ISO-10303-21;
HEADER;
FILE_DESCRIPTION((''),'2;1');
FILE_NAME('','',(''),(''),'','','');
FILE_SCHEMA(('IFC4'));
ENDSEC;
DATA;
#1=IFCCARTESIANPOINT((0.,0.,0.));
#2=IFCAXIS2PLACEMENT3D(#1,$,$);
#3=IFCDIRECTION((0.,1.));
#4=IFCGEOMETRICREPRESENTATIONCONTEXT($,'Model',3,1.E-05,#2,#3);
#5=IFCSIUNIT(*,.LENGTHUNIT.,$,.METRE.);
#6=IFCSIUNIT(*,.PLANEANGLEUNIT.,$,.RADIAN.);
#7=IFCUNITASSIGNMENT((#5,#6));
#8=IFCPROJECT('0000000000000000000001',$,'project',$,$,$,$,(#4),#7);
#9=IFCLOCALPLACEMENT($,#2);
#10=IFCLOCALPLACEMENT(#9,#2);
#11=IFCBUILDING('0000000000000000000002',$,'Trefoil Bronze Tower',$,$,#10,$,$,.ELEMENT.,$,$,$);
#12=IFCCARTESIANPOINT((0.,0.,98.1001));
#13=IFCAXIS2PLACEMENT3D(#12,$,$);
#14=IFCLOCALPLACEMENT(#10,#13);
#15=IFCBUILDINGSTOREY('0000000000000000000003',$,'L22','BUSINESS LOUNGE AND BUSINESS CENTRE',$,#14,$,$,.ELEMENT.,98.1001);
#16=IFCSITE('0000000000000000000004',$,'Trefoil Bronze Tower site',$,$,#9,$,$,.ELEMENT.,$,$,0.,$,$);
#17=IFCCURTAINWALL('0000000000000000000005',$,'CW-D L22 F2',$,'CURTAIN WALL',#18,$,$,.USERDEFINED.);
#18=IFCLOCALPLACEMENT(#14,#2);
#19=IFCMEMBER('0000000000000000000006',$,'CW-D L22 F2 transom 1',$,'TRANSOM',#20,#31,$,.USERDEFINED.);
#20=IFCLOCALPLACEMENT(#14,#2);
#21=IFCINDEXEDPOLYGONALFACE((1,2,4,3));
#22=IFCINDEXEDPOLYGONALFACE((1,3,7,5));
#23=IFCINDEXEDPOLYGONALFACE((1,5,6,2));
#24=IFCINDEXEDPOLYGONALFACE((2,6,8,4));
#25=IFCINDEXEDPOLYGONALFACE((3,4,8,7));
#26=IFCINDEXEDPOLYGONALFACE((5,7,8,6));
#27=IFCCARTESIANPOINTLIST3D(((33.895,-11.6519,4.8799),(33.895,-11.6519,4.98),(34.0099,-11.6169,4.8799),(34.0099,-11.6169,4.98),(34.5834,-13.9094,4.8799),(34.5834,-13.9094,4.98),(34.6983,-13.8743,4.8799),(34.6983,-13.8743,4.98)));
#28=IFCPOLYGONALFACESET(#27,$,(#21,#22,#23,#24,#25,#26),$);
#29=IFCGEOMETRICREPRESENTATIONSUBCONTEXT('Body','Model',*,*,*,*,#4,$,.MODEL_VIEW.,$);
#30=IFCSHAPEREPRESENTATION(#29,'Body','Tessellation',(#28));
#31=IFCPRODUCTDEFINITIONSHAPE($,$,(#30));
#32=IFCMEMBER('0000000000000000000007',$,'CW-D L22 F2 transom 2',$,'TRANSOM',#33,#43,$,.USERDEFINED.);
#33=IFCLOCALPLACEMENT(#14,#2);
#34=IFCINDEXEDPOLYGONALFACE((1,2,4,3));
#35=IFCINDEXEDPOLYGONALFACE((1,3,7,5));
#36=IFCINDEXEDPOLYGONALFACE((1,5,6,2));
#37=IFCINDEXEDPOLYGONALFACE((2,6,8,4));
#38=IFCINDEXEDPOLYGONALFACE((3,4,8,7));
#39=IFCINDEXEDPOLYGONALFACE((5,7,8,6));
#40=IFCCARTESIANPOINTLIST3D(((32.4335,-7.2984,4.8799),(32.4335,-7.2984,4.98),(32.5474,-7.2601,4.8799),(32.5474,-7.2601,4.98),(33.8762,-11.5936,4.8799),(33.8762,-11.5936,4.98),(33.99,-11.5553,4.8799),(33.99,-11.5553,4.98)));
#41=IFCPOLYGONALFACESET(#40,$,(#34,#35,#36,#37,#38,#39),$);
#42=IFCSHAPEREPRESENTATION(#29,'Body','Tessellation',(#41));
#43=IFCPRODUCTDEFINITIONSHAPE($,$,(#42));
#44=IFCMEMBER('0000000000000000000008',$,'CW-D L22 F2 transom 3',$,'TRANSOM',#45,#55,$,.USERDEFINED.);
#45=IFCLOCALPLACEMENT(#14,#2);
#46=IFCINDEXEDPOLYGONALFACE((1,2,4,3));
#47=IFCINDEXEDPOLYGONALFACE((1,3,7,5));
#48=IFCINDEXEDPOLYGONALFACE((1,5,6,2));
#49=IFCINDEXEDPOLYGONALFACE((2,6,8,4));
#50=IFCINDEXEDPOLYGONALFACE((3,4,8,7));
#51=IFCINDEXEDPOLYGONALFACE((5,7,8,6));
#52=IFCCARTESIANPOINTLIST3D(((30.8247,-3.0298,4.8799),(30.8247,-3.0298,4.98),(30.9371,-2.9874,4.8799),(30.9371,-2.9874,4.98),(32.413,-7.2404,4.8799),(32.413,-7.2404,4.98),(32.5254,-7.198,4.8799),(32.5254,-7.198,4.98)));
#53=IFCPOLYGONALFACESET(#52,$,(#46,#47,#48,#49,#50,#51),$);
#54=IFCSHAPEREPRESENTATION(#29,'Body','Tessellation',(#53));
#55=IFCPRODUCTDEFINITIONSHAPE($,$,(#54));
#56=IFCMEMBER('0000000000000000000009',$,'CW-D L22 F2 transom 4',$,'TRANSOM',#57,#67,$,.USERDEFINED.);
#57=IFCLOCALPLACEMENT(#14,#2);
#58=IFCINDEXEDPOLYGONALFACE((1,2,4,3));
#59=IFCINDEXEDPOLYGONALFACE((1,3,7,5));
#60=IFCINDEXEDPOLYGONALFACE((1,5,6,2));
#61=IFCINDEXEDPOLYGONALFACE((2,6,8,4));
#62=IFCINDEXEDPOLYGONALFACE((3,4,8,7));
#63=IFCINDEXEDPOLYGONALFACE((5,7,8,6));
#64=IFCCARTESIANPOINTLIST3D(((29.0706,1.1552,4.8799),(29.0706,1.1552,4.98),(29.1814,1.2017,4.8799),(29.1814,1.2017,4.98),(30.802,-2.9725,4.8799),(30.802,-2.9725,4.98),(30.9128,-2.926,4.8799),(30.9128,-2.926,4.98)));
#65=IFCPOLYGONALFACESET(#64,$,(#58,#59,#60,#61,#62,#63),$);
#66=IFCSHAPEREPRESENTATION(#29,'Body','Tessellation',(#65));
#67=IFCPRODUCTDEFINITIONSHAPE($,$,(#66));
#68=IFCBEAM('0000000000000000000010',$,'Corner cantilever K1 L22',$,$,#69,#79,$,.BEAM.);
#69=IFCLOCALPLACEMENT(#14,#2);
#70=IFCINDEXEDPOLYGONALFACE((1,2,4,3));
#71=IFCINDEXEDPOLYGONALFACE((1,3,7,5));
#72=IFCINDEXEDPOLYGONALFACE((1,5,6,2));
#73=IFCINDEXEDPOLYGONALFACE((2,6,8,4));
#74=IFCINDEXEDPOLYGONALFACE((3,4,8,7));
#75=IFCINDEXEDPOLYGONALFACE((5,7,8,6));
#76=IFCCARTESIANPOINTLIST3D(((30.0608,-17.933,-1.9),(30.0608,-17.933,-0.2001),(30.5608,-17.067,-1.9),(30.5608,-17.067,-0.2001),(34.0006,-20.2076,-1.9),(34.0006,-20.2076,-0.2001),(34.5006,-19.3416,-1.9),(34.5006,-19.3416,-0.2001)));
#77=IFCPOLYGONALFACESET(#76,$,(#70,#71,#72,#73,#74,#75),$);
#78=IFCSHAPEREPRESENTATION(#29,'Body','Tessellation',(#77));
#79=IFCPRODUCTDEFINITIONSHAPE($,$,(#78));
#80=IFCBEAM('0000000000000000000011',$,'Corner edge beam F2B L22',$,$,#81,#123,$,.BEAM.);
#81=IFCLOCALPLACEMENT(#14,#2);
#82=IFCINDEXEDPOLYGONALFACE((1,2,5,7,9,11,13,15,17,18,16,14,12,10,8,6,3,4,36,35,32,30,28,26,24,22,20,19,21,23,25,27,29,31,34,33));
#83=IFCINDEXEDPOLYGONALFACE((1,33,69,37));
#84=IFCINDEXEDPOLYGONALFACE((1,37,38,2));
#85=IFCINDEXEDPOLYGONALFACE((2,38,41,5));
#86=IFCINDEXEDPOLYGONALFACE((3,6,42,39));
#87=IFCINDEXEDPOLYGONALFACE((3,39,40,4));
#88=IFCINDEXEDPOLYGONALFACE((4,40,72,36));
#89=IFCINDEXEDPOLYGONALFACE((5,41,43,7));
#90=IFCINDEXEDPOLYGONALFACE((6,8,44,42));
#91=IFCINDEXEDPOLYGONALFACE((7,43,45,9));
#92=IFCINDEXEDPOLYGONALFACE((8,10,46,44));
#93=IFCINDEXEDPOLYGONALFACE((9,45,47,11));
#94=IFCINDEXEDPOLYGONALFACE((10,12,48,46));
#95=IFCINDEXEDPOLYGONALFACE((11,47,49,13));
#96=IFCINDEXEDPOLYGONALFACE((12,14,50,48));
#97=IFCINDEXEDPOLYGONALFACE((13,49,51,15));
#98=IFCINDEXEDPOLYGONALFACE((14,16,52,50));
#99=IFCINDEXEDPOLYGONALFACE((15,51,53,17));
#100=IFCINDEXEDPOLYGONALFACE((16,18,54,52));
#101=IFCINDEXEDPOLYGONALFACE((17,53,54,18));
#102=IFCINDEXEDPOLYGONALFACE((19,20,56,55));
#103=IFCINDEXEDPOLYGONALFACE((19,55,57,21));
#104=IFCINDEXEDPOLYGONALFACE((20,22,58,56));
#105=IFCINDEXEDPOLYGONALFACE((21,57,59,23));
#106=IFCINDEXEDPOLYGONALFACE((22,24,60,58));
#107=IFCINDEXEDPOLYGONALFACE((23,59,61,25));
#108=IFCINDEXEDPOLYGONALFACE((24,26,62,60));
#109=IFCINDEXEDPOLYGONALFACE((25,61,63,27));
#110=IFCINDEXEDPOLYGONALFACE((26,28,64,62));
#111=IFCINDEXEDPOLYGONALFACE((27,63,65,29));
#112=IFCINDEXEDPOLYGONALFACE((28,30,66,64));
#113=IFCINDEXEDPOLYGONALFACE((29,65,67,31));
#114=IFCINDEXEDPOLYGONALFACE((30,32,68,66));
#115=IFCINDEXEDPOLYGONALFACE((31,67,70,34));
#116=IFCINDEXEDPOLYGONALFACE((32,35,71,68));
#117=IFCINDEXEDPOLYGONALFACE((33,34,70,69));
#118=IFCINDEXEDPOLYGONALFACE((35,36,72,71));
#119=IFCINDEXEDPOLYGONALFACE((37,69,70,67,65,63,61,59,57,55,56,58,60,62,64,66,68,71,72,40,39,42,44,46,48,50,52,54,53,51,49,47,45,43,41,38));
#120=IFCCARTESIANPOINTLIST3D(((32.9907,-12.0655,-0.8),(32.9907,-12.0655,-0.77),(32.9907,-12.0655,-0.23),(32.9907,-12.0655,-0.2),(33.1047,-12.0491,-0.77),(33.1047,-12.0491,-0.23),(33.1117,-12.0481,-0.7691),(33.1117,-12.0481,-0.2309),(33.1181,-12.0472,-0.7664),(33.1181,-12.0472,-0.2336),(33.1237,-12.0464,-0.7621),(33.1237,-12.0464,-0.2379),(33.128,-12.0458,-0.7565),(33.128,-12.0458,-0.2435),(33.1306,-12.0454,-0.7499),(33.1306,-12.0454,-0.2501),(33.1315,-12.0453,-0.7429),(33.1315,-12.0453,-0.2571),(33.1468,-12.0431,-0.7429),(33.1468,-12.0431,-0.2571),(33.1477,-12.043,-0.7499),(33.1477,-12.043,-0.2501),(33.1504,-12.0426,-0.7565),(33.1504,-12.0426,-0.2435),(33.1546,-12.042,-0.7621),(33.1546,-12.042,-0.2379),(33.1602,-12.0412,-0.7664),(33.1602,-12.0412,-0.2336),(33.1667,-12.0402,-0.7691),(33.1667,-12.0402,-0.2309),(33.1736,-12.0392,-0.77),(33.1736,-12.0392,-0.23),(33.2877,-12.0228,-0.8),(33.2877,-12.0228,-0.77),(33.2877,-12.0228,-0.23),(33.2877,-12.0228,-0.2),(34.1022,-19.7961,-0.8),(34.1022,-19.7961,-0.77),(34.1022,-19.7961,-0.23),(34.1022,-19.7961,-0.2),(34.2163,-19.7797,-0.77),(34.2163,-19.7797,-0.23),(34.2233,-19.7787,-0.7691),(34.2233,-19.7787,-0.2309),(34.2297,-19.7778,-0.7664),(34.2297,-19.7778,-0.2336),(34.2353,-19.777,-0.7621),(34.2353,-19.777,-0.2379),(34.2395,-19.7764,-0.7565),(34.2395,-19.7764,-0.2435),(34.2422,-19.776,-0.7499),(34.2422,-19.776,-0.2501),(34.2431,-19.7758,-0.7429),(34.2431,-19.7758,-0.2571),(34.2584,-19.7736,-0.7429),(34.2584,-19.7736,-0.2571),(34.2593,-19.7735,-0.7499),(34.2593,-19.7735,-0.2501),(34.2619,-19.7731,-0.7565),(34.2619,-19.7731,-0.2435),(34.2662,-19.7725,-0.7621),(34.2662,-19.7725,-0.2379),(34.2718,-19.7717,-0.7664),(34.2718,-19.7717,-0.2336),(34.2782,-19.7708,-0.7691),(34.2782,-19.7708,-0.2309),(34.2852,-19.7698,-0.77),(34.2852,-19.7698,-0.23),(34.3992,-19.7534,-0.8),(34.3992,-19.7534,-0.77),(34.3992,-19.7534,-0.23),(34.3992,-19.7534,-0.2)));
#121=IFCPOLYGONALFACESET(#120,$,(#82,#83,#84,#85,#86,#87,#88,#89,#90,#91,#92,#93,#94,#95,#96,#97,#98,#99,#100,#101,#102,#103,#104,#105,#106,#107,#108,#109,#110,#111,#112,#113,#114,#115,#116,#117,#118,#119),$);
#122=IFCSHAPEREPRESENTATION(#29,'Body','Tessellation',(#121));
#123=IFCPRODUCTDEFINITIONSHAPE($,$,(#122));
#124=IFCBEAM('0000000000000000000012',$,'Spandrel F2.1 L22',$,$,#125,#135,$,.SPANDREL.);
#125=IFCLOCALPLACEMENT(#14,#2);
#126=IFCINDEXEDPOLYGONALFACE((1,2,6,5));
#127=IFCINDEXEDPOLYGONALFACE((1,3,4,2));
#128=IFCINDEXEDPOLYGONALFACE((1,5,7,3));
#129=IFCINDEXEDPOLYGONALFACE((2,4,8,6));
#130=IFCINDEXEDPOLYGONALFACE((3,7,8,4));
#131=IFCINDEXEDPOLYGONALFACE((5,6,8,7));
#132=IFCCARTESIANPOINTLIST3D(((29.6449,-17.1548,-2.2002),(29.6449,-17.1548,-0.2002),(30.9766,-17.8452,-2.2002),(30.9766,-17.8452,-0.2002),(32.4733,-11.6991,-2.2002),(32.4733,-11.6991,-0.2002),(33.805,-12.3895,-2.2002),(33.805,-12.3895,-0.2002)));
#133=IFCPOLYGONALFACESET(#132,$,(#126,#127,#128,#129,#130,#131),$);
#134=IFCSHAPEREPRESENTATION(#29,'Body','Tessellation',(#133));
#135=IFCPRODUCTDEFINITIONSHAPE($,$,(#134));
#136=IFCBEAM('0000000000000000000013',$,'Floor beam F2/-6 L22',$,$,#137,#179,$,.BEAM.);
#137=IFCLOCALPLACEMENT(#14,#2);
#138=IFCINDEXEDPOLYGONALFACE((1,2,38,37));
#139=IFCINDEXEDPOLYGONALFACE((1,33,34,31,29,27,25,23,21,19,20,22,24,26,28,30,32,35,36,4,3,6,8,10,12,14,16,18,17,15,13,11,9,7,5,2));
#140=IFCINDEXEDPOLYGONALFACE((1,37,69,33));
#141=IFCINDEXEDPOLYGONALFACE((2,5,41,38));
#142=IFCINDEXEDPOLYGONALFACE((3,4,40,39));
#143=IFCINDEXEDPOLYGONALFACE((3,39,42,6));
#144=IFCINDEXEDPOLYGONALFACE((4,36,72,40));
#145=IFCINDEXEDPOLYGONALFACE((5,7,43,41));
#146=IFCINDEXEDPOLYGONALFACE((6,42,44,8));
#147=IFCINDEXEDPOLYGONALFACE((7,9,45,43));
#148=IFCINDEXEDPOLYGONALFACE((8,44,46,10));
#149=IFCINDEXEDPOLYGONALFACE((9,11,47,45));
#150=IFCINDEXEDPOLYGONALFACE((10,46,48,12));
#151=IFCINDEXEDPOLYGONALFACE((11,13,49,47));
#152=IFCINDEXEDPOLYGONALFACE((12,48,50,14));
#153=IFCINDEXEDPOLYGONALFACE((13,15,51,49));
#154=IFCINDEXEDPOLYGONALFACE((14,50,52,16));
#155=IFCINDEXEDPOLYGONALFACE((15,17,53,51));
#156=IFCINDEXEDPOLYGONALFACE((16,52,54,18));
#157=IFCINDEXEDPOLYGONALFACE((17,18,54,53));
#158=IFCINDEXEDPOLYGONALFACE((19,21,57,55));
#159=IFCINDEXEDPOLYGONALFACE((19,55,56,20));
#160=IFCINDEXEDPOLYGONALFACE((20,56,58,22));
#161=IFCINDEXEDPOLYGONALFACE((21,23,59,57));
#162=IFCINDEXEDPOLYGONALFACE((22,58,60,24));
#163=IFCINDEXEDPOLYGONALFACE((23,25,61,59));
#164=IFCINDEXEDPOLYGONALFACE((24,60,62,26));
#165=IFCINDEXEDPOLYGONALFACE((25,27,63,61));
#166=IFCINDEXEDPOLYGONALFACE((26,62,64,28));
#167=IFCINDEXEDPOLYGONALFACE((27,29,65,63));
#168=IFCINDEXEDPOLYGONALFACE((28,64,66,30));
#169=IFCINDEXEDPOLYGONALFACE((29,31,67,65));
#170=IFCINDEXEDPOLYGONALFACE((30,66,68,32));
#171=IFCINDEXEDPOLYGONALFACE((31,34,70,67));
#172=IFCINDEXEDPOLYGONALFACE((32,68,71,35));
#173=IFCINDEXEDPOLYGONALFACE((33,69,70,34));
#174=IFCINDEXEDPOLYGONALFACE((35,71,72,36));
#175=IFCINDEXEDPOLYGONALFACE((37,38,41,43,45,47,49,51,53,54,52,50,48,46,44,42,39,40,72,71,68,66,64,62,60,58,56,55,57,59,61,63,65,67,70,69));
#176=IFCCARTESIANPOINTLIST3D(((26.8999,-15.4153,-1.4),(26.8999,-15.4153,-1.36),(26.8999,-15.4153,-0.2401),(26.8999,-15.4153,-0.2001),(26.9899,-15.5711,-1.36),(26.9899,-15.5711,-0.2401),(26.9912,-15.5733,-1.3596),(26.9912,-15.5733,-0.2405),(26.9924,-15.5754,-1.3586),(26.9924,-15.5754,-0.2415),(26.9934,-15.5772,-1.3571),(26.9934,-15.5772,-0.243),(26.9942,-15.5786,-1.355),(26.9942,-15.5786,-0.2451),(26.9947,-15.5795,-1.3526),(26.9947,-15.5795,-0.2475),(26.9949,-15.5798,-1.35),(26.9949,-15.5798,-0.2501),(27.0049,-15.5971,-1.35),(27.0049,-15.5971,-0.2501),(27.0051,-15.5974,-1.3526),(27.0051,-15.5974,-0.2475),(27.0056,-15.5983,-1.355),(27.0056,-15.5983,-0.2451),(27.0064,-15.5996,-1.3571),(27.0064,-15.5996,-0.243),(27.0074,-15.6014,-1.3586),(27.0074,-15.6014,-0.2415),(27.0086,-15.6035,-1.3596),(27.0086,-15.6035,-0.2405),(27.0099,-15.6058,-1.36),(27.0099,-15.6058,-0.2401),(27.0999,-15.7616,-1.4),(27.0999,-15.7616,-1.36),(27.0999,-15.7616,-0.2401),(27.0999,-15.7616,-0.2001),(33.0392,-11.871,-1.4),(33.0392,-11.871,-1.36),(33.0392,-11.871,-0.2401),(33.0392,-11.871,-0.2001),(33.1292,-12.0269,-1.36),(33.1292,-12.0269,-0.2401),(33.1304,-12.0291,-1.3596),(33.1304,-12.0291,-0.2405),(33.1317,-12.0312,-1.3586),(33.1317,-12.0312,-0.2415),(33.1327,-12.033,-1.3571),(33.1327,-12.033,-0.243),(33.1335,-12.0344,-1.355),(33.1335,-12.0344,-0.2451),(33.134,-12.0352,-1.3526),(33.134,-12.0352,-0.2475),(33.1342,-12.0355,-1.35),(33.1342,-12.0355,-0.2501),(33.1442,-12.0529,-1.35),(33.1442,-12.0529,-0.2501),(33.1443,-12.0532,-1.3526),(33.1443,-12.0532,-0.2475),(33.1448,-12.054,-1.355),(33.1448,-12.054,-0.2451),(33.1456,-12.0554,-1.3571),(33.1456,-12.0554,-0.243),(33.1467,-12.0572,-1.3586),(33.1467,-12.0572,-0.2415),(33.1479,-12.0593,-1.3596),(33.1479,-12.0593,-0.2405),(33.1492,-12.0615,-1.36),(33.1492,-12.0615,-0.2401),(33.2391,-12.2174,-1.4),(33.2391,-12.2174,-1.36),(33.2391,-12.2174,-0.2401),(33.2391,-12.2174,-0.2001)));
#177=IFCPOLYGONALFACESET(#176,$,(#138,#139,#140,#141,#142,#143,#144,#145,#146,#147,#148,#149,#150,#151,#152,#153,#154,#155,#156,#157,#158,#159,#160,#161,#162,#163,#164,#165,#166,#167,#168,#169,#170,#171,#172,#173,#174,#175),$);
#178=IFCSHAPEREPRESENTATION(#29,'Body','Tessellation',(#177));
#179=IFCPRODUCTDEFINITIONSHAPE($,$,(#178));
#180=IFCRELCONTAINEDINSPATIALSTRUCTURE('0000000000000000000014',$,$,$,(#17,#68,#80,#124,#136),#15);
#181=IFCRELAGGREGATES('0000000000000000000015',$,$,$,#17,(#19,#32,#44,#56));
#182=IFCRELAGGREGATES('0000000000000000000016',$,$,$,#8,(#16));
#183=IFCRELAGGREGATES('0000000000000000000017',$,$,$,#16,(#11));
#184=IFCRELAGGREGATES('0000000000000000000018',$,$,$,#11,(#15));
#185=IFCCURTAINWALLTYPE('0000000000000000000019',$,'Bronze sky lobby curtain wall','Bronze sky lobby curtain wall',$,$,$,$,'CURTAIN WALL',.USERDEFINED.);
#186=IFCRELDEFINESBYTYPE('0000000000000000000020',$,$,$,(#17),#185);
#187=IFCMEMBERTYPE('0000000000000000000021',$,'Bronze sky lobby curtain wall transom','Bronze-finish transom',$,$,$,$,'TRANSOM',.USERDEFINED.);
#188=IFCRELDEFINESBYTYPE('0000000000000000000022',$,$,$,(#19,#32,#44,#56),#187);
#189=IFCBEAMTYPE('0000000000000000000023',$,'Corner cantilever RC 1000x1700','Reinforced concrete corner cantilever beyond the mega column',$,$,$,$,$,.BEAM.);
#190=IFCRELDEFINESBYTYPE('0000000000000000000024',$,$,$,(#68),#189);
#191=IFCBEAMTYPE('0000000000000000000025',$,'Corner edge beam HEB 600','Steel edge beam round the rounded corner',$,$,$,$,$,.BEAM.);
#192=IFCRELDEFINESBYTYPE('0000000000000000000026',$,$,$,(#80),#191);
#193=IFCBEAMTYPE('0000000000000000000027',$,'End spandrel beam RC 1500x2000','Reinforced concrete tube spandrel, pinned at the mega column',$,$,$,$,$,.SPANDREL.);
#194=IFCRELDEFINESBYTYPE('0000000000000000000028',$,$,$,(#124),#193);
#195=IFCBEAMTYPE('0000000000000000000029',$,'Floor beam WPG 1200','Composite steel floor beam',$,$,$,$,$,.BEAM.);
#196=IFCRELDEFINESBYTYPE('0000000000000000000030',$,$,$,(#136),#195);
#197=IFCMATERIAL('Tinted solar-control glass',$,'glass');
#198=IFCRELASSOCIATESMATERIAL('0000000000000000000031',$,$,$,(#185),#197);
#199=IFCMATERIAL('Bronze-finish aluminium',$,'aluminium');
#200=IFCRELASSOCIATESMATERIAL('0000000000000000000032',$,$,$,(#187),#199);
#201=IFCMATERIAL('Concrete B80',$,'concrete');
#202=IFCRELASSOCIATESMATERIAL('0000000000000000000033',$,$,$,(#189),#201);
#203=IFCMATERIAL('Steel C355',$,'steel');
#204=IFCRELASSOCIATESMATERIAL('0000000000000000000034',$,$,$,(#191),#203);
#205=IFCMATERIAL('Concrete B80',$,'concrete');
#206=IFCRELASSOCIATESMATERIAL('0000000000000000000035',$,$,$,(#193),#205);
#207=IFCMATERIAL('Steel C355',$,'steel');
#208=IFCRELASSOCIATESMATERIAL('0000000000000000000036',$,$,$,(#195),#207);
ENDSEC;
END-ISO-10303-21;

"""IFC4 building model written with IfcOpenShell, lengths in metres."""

from ifc_helpers import new_model, si_unit, direction, frame, origin, origin_2d, place, context, subcontext, project, spatial, rectangle, i_section, extrude, material, material_profile, profile_set, type_object, element, aggregate, save


model = new_model("IFC4")

# Units and contexts
model_context = context("Model", 3, precision=1e-05, world=origin(), true_north=direction((0.0, 1.0)))
body_context = subcontext(model_context, "Body", "Model", "MODEL_VIEW")
ifc_project = project(units=[si_unit("LENGTHUNIT", "METRE"), si_unit("PLANEANGLEUNIT", "RADIAN")], contexts=[model_context])

# Site, building, storey
site_placement = place(None, origin())
site = spatial("IfcSite", under=ifc_project, at=site_placement, Name="Trefoil Bronze Tower site", CompositionType="ELEMENT", RefElevation=0.0)
building_placement = place(site_placement, origin())
building = spatial("IfcBuilding", under=site, at=building_placement, Name="Trefoil Bronze Tower", CompositionType="ELEMENT")
storey_placement = place(building_placement, frame((0.0, 0.0, 98.1001)))
storey = spatial("IfcBuildingStorey", under=building, at=storey_placement, Name="L22", Description="BUSINESS LOUNGE AND BUSINESS CENTRE", CompositionType="ELEMENT", Elevation=98.1001)

# Curtain wall, members
ifc_material_1 = material(Name="Tinted solar-control glass", Category="glass")
curtain_wall_type_1 = type_object("IfcCurtainWallType", Name="Bronze sky lobby curtain wall", Description="Bronze sky lobby curtain wall", ElementType="CURTAIN WALL", PredefinedType="USERDEFINED", material=ifc_material_1)
curtain_wall_1_placement = place(storey_placement, origin())
curtain_wall_1 = element("IfcCurtainWall", 1, at=curtain_wall_1_placement, inside=storey, type_object=curtain_wall_type_1, Name="CW-D L22 F2", ObjectType="CURTAIN WALL", PredefinedType="USERDEFINED")
ifc_material_2 = material(Name="Bronze-finish aluminium", Category="aluminium")
ifc_material_profile_1 = material_profile(ifc_material_2, rectangle(XDim=0.1201, YDim=0.1001, at=origin_2d()), Name="CW-D transom")
ifc_profile_set_1 = profile_set([ifc_material_profile_1], Name="Bronze-finish aluminium")
member_type_1 = type_object("IfcMemberType", Name="Bronze sky lobby curtain wall transom", Description="Bronze-finish transom", ElementType="TRANSOM", PredefinedType="USERDEFINED", material=ifc_profile_set_1)
member_1_placement = place(storey_placement, frame((34.6409, -13.8918, 4.9299), z_axis=(-0.291701, 0.95651, 0.0), x_axis=(-0.95651, -0.291701, 0.0)))
member_1 = element("IfcMember", 2, at=member_1_placement, type_object=member_type_1, Name="CW-D L22 F2 transom 1", ObjectType="TRANSOM", PredefinedType="USERDEFINED", context=body_context, shape_type="SweptSolid", body=[
    extrude(rectangle(XDim=0.1201, YDim=0.1001, at=origin_2d()), origin(), (0.0, 0.0, 1.0), 2.3601),
])
member_2_placement = place(storey_placement, frame((33.9331, -11.5745, 4.9299), z_axis=(-0.318393, 0.947959, 0.0), x_axis=(-0.947959, -0.318393, 0.0)))
member_2 = element("IfcMember", 3, at=member_2_placement, type_object=member_type_1, Name="CW-D L22 F2 transom 2", ObjectType="TRANSOM", PredefinedType="USERDEFINED", context=body_context, shape_type="SweptSolid", body=[
    extrude(rectangle(XDim=0.1201, YDim=0.1001, at=origin_2d()), origin(), (0.0, 0.0, 1.0), 4.531),
])
member_3_placement = place(storey_placement, frame((32.4692, -7.2192, 4.9299), z_axis=(-0.352948, 0.935643, 0.0), x_axis=(-0.935643, -0.352948, 0.0)))
member_3 = element("IfcMember", 4, at=member_3_placement, type_object=member_type_1, Name="CW-D L22 F2 transom 3", ObjectType="TRANSOM", PredefinedType="USERDEFINED", context=body_context, shape_type="SweptSolid", body=[
    extrude(rectangle(XDim=0.1201, YDim=0.1001, at=origin_2d()), origin(), (0.0, 0.0, 1.0), 4.5002),
])
member_4_placement = place(storey_placement, frame((30.8574, -2.9492, 4.9299), z_axis=(-0.386818, 0.922156, 0.0), x_axis=(-0.922156, -0.386818, 0.0)))
member_4 = element("IfcMember", 5, at=member_4_placement, type_object=member_type_1, Name="CW-D L22 F2 transom 4", ObjectType="TRANSOM", PredefinedType="USERDEFINED", context=body_context, shape_type="SweptSolid", body=[
    extrude(rectangle(XDim=0.1201, YDim=0.1001, at=origin_2d()), origin(), (0.0, 0.0, 1.0), 4.4761),
])

# Beams
ifc_material_3 = material(Name="Concrete B80", Category="concrete")
ifc_material_profile_2 = material_profile(ifc_material_3, rectangle(XDim=1.0, YDim=1.7, at=origin_2d()), Name="RC 1000x1700")
ifc_profile_set_2 = profile_set([ifc_material_profile_2], Name="Concrete B80")
beam_type_1 = type_object("IfcBeamType", Name="Corner cantilever RC 1000x1700", Description="Reinforced concrete corner cantilever beyond the mega column", PredefinedType="BEAM", material=ifc_profile_set_2)
beam_1_placement = place(storey_placement, frame((30.3108, -17.5, -1.05), z_axis=(0.866032, -0.499989, 0.0), x_axis=(0.499989, 0.866032, 0.0)))
element("IfcBeam", 6, at=beam_1_placement, inside=storey, type_object=beam_type_1, Name="Corner cantilever K1 L22", PredefinedType="BEAM", context=body_context, shape_type="SweptSolid", body=[
    extrude(rectangle(XDim=1.0, YDim=1.7, at=origin_2d()), origin(), (0.0, 0.0, 1.0), 4.5493),
])
ifc_material_4 = material(Name="Steel C355", Category="steel")
ifc_material_profile_3 = material_profile(ifc_material_4, i_section(OverallWidth=0.3, OverallDepth=0.6001, WebThickness=0.0154, FlangeThickness=0.03, FilletRadius=0.0271, at=origin_2d()), Name="HEB 600")
ifc_profile_set_3 = profile_set([ifc_material_profile_3], Name="Steel C355")
beam_type_2 = type_object("IfcBeamType", Name="Corner edge beam HEB 600", Description="Steel edge beam round the rounded corner", PredefinedType="BEAM", material=ifc_profile_set_3)
beam_2_placement = place(storey_placement, frame((33.1392, -12.0442, -0.5), z_axis=(0.142327, -0.98982, 0.0), x_axis=(0.98982, 0.142327, 0.0)))
element("IfcBeam", 7, at=beam_2_placement, inside=storey, type_object=beam_type_2, Name="Corner edge beam F2B L22", PredefinedType="BEAM", context=body_context, shape_type="SweptSolid", body=[
    extrude(i_section(OverallWidth=0.3, OverallDepth=0.6001, WebThickness=0.0154, FlangeThickness=0.03, FilletRadius=0.0271, at=origin_2d()), origin(), (0.0, 0.0, 1.0), 7.8101),
])
ifc_material_5 = material(Name="Concrete B80", Category="concrete")
ifc_material_profile_4 = material_profile(ifc_material_5, rectangle(XDim=1.5, YDim=2.0, at=origin_2d()), Name="RC 1500x2000")
ifc_profile_set_4 = profile_set([ifc_material_profile_4], Name="Concrete B80")
beam_type_3 = type_object("IfcBeamType", Name="End spandrel beam RC 1500x2000", Description="Reinforced concrete tube spandrel, pinned at the mega column", PredefinedType="SPANDREL", material=ifc_profile_set_4)
beam_3_placement = place(storey_placement, frame((30.3108, -17.5, -1.2002), z_axis=(0.460244, 0.887792, 0.0), x_axis=(-0.887792, 0.460244, 0.0)))
element("IfcBeam", 8, at=beam_3_placement, inside=storey, type_object=beam_type_3, Name="Spandrel F2.1 L22", PredefinedType="SPANDREL", context=body_context, shape_type="SweptSolid", body=[
    extrude(rectangle(XDim=1.5, YDim=2.0, at=origin_2d()), origin(), (0.0, 0.0, 1.0), 6.1453),
])
ifc_material_6 = material(Name="Steel C355", Category="steel")
ifc_material_profile_5 = material_profile(ifc_material_6, i_section(OverallWidth=0.3999, OverallDepth=1.2, WebThickness=0.02, FlangeThickness=0.04, FilletRadius=0.01, at=origin_2d()), Name="WPG 1200")
ifc_profile_set_5 = profile_set([ifc_material_profile_5], Name="Steel C355")
beam_type_4 = type_object("IfcBeamType", Name="Floor beam WPG 1200", Description="Composite steel floor beam", PredefinedType="BEAM", material=ifc_profile_set_5)
beam_4_placement = place(storey_placement, frame((33.1392, -12.0442, -0.8), z_axis=(-0.866041, -0.499973, 0.0), x_axis=(0.499973, -0.866041, 0.0)))
element("IfcBeam", 9, at=beam_4_placement, inside=storey, type_object=beam_type_4, Name="Floor beam F2/-6 L22", PredefinedType="BEAM", context=body_context, shape_type="SweptSolid", body=[
    extrude(i_section(OverallWidth=0.3999, OverallDepth=1.2, WebThickness=0.02, FlangeThickness=0.04, FilletRadius=0.01, at=origin_2d()), origin(), (0.0, 0.0, 1.0), 7.0889),
])

aggregate(curtain_wall_1, [member_1, member_2, member_3, member_4])

save(model, "model.ifc")
